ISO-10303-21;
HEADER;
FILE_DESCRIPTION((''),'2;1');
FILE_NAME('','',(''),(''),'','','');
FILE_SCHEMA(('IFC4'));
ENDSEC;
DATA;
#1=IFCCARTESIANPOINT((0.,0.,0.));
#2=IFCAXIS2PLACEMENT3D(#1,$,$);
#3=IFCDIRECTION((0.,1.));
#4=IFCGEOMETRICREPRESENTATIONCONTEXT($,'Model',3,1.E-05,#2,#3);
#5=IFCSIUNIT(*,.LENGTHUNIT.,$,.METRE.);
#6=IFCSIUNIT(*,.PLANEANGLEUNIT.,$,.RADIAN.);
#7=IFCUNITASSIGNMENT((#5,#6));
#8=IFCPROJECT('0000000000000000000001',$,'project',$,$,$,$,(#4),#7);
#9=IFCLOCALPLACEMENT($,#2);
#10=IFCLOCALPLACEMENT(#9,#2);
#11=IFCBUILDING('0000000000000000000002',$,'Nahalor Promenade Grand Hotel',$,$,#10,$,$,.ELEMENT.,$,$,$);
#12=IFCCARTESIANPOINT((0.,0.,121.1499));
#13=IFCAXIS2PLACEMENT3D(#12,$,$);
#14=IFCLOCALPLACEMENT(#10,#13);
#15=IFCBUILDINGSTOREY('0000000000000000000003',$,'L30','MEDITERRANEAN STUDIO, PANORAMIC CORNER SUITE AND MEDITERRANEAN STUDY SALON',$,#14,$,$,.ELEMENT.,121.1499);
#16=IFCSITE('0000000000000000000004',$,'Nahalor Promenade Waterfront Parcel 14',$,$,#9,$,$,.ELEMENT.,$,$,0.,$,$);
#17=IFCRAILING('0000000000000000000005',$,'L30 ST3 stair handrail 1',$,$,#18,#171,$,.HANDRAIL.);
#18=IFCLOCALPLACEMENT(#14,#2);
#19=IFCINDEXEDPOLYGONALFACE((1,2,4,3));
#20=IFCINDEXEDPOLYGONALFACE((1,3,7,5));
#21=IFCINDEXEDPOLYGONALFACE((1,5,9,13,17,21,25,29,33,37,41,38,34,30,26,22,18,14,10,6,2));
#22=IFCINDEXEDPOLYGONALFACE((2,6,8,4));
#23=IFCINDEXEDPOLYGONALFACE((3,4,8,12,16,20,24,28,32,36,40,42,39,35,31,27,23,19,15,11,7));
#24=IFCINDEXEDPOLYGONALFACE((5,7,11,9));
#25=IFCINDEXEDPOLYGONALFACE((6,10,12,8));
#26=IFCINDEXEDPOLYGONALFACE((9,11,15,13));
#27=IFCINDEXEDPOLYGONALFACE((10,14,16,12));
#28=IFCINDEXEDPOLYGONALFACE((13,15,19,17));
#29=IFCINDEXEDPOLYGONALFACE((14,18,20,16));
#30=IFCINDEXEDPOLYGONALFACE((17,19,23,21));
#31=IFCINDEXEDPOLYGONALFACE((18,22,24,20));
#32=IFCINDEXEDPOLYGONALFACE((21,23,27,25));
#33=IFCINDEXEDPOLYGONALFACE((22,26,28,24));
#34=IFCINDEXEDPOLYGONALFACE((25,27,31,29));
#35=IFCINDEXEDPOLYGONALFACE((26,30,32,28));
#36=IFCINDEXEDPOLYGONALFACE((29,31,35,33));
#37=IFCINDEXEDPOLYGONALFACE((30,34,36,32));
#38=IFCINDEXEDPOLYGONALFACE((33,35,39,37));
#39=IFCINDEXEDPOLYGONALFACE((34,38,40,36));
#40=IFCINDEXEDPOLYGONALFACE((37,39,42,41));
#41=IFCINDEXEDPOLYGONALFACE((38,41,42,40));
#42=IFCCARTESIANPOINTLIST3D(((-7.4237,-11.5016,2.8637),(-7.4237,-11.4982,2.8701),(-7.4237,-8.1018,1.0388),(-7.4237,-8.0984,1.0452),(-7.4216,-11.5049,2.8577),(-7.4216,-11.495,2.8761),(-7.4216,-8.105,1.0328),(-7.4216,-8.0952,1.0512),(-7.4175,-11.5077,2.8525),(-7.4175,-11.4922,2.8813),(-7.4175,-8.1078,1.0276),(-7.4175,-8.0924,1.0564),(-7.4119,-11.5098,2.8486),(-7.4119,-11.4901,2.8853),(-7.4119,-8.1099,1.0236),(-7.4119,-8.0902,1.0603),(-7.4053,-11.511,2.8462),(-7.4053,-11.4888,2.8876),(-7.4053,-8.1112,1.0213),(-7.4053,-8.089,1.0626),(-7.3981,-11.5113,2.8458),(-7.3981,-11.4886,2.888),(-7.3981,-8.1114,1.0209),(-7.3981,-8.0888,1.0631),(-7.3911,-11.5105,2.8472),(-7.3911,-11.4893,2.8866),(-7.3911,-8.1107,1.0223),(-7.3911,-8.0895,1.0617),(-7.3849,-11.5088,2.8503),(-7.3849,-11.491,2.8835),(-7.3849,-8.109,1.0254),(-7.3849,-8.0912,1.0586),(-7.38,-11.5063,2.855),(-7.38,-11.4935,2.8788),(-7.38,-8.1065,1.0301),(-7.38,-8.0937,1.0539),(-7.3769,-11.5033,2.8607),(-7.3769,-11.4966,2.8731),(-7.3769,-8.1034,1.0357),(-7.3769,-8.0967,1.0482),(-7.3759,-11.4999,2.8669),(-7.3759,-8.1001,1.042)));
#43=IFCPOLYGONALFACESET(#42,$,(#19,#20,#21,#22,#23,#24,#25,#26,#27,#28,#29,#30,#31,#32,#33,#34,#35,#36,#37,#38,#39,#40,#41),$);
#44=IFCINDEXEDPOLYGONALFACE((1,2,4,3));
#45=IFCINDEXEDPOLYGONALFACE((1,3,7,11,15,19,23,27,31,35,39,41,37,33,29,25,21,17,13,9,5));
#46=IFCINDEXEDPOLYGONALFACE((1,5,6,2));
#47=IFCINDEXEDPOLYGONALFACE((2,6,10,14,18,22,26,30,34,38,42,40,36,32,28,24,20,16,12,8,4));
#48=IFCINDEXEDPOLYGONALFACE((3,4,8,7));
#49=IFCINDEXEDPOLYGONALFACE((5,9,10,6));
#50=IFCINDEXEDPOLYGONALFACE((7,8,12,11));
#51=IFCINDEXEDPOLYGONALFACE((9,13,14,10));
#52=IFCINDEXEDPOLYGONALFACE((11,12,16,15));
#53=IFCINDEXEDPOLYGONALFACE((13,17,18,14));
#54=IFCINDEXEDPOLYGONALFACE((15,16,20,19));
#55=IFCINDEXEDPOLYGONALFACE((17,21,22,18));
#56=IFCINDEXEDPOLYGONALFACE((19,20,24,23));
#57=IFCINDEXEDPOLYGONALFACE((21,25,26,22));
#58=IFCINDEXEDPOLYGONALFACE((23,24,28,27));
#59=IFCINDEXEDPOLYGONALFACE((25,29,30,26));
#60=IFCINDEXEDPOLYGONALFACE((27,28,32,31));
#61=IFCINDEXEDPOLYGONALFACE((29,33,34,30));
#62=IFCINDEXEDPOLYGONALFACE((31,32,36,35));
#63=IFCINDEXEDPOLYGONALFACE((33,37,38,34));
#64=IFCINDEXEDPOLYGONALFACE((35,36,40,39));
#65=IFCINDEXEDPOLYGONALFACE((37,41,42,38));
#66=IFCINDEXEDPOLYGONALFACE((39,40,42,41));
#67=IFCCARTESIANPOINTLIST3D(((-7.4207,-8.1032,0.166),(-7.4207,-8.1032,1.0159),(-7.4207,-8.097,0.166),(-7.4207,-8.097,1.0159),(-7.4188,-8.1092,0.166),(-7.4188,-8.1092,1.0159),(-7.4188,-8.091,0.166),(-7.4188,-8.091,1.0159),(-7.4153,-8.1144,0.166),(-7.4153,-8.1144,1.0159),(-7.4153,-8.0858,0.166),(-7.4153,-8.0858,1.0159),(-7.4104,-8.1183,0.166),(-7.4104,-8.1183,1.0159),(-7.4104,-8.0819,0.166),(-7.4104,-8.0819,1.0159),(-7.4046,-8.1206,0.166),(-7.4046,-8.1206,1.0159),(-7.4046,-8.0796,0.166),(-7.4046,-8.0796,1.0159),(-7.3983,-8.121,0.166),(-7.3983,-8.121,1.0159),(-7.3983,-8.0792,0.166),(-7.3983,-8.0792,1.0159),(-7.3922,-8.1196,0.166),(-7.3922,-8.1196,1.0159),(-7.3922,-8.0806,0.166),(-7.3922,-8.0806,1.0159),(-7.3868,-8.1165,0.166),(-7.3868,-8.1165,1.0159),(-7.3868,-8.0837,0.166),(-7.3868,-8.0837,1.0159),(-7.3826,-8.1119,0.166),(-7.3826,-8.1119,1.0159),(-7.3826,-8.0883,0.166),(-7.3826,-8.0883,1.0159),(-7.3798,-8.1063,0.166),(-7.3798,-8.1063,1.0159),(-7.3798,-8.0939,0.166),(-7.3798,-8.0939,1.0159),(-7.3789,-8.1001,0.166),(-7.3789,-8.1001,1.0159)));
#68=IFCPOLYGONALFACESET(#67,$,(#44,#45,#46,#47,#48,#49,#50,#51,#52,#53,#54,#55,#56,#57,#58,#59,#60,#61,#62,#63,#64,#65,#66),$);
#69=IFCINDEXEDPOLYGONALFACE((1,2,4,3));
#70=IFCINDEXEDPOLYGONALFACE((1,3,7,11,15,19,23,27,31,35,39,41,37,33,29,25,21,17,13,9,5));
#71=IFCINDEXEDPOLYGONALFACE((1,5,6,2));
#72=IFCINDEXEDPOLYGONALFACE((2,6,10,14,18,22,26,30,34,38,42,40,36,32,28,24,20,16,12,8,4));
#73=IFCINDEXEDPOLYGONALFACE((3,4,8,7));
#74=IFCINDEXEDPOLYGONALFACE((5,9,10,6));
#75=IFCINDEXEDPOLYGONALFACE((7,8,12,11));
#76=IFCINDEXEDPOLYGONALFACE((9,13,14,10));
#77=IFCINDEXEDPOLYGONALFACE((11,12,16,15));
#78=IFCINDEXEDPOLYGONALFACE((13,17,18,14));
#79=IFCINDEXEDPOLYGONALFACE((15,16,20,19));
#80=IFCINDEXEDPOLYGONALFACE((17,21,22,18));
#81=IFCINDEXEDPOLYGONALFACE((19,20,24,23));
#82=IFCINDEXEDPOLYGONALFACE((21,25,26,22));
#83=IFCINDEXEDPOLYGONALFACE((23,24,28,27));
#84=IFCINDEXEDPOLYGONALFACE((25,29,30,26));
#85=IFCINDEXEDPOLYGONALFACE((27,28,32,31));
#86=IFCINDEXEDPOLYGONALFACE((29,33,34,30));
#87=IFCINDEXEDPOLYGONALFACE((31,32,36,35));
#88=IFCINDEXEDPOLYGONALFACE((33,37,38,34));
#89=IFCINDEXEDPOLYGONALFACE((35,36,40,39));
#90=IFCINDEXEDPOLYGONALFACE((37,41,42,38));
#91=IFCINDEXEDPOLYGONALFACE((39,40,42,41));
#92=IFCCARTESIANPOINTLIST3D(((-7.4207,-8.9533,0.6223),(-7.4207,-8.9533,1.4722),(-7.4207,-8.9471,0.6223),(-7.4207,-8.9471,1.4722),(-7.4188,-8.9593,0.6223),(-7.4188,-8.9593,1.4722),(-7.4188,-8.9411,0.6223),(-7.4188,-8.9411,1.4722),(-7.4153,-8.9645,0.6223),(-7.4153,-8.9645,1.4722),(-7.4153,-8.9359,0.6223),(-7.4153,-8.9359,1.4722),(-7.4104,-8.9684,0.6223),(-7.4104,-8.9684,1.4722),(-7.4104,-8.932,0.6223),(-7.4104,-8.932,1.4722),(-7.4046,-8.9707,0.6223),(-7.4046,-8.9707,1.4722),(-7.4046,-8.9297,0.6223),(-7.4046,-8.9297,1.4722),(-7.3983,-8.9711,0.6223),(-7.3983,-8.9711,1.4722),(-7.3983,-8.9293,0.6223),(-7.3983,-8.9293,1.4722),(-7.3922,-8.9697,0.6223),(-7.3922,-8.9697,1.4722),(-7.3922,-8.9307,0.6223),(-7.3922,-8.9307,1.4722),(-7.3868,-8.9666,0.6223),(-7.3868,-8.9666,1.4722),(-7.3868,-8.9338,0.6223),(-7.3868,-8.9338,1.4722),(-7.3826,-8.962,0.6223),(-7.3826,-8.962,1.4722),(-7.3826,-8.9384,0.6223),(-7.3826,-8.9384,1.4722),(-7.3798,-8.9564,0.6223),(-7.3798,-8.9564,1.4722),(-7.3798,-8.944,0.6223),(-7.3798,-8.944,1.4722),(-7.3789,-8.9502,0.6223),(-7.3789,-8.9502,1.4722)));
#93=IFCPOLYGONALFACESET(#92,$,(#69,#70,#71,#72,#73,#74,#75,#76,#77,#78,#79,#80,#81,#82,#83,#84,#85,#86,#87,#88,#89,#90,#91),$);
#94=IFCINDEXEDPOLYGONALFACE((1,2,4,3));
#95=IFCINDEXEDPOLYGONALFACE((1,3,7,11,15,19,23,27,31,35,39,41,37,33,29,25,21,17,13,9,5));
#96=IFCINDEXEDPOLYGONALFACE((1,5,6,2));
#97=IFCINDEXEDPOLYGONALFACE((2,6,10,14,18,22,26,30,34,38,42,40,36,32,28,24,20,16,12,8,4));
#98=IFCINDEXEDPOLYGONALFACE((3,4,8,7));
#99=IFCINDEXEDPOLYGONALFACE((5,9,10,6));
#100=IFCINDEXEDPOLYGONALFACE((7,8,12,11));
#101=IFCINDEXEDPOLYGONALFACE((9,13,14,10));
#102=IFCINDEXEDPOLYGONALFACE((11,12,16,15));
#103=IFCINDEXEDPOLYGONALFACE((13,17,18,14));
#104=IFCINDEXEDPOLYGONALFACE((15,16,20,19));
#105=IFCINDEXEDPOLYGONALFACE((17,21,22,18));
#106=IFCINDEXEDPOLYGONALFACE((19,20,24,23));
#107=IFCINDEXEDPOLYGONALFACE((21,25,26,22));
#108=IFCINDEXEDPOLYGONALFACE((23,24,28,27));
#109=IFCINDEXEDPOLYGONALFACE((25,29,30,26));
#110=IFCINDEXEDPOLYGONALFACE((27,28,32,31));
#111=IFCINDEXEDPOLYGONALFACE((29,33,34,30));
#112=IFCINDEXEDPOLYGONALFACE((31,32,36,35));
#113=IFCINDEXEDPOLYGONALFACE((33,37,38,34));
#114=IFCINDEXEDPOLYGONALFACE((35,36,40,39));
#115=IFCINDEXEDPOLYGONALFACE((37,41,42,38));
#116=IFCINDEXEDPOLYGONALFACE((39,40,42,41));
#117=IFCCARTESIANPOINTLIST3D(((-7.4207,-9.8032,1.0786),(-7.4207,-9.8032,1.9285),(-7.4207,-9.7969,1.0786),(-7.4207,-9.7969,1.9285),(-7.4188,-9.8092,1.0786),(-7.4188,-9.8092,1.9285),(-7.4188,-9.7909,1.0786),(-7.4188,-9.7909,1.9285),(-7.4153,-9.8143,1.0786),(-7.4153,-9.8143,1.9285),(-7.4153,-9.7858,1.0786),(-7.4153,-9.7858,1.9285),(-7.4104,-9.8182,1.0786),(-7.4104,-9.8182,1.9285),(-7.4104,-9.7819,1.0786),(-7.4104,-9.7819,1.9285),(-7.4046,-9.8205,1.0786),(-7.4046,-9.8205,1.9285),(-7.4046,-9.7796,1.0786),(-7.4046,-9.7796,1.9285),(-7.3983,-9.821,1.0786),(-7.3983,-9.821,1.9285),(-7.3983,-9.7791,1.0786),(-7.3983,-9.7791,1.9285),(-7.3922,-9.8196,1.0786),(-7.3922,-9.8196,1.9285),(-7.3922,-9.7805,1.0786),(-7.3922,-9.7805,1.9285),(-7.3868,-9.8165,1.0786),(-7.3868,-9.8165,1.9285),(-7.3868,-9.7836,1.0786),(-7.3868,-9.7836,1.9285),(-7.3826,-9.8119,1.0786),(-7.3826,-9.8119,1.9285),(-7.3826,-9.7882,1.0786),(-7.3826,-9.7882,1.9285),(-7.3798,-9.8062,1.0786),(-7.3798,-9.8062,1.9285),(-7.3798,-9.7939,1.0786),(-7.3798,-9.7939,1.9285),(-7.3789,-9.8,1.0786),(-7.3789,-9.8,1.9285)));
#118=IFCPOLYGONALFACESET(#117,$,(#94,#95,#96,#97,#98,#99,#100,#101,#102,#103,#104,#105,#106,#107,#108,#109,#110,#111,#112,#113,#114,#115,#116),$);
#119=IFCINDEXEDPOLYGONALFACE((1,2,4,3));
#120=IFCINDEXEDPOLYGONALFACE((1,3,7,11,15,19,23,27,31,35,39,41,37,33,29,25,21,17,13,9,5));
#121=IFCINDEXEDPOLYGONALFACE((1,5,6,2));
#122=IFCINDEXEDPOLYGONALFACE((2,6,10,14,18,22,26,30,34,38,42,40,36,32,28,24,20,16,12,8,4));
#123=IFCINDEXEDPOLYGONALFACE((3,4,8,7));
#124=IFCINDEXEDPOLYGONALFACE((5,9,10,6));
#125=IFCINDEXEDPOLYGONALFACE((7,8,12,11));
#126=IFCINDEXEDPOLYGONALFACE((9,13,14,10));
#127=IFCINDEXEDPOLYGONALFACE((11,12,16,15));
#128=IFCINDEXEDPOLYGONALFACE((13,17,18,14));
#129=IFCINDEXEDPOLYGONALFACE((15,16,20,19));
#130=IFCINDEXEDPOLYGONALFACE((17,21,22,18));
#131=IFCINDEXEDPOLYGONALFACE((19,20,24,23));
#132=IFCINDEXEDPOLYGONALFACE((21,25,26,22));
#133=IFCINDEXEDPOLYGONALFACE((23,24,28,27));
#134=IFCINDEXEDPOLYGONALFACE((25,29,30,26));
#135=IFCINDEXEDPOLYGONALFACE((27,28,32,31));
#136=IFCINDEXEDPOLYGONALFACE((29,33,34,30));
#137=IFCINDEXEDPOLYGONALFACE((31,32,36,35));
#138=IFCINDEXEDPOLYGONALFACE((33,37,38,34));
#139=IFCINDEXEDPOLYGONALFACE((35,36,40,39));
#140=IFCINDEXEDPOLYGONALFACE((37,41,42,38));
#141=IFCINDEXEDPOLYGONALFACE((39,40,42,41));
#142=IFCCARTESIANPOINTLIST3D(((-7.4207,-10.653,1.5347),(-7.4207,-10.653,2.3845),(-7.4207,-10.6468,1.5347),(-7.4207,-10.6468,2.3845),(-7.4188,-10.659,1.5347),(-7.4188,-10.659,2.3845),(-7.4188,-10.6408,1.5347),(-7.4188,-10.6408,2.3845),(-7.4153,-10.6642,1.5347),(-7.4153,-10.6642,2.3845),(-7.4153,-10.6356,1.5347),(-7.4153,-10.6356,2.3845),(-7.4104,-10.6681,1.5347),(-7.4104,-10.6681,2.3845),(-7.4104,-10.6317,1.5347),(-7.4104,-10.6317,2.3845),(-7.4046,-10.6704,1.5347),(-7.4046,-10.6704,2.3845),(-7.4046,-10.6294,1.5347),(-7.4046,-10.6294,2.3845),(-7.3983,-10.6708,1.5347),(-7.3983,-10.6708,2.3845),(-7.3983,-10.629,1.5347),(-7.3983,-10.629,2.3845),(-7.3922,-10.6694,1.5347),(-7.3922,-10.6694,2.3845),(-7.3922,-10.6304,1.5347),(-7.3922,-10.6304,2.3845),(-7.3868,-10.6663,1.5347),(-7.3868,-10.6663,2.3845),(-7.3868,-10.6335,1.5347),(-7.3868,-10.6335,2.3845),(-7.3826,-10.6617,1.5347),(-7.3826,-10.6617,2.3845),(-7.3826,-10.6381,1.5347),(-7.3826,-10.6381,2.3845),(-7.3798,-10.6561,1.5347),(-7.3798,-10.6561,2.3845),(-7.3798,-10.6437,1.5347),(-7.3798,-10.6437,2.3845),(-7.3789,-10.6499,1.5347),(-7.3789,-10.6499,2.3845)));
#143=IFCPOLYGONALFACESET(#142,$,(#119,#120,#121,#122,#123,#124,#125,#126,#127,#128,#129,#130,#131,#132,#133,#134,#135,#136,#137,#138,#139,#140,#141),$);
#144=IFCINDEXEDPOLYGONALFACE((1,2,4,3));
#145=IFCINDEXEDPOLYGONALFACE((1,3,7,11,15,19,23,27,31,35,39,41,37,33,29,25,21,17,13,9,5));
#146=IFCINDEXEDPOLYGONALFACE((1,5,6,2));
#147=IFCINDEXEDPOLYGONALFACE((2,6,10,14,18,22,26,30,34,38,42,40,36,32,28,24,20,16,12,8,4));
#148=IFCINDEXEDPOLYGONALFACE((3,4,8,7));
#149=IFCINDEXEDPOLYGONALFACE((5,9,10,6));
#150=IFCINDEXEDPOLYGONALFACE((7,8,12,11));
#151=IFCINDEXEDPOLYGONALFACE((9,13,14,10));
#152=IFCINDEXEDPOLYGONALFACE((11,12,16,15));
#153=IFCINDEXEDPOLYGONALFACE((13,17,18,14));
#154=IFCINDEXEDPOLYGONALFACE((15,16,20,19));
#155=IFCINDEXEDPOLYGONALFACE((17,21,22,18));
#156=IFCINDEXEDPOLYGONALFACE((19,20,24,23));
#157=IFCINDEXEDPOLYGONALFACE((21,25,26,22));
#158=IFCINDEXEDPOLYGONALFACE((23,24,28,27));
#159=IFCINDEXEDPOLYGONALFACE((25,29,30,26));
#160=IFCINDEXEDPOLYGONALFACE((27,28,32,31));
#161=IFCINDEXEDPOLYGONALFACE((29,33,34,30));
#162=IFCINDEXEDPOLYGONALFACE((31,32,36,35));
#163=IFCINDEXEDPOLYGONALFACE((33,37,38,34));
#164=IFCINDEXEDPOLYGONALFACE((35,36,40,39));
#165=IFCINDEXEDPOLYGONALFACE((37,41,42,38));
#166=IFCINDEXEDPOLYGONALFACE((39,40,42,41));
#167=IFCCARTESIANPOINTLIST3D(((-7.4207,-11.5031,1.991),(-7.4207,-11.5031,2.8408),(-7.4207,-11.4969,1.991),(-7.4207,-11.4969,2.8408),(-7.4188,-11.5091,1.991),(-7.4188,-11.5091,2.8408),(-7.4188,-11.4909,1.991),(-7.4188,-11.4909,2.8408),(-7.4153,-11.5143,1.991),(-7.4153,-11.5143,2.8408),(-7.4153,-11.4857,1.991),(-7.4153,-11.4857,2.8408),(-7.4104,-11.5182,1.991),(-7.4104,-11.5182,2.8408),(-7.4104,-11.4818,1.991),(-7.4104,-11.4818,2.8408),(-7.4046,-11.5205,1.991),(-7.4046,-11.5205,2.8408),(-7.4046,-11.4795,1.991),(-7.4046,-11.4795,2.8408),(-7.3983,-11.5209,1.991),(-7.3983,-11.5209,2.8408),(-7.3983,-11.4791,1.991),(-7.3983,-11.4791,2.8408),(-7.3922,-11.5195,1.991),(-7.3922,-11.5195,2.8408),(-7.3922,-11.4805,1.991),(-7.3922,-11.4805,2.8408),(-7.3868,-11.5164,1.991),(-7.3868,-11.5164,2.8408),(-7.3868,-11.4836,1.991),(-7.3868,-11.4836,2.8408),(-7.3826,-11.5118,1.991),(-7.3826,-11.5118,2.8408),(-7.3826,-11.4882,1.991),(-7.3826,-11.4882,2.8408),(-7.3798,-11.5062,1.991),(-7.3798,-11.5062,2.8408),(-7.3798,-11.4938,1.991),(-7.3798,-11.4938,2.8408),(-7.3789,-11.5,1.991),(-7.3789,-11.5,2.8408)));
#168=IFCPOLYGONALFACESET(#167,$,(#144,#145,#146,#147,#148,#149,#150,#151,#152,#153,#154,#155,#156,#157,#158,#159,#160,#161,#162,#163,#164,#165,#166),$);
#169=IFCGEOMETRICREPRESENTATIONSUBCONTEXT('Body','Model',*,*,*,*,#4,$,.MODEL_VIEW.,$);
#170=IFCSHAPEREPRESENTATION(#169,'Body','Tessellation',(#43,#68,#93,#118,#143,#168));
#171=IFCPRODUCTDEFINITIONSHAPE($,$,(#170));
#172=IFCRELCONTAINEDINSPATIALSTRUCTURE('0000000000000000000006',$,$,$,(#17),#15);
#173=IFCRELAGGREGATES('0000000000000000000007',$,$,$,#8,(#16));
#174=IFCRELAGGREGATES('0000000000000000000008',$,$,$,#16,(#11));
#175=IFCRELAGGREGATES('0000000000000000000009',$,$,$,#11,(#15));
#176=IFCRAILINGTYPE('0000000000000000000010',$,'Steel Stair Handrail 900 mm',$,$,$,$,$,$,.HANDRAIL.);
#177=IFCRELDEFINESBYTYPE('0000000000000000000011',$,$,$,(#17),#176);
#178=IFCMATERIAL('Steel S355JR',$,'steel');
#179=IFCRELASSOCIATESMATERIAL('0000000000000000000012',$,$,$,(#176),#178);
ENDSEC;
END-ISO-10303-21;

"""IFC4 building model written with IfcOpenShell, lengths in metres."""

from ifc_helpers import new_model, si_unit, direction, frame, origin, origin_2d, place, context, subcontext, project, spatial, circle, extrude, material, type_object, element, save


model = new_model("IFC4")

# Units and contexts
model_context = context("Model", 3, precision=1e-05, world=origin(), true_north=direction((0.0, 1.0)))
body_context = subcontext(model_context, "Body", "Model", "MODEL_VIEW")
ifc_project = project(units=[si_unit("LENGTHUNIT", "METRE"), si_unit("PLANEANGLEUNIT", "RADIAN")], contexts=[model_context])

# Site, building, storey
site_placement = place(None, origin())
site = spatial("IfcSite", under=ifc_project, at=site_placement, Name="Nahalor Promenade Waterfront Parcel 14", CompositionType="ELEMENT", RefElevation=0.0)
building_placement = place(site_placement, origin())
building = spatial("IfcBuilding", under=site, at=building_placement, Name="Nahalor Promenade Grand Hotel", CompositionType="ELEMENT")
storey_placement = place(building_placement, frame((0.0, 0.0, 121.1499)))
storey = spatial("IfcBuildingStorey", under=building, at=storey_placement, Name="L30", Description="MEDITERRANEAN STUDIO, PANORAMIC CORNER SUITE AND MEDITERRANEAN STUDY SALON", CompositionType="ELEMENT", Elevation=121.1499)

# Shared definitions
ifc_material_1 = material(Name="Steel S355JR", Category="steel")

# Railing
railing_type_1 = type_object("IfcRailingType", Name="Steel Stair Handrail 900 mm", PredefinedType="HANDRAIL", material=ifc_material_1)
railing_1_placement = place(storey_placement, frame((-7.3999, -8.1001, 0.166)))
element("IfcRailing", 1, at=railing_1_placement, inside=storey, type_object=railing_type_1, Name="L30 ST3 stair handrail 1", PredefinedType="HANDRAIL", context=body_context, shape_type="SweptSolid", body=[
    extrude(circle(Radius=0.024, at=origin_2d()), frame((0.0, 0.0, 0.876), z_axis=(0.0, -0.881094, 0.472941), x_axis=(1.0, 0.0, 0.0)), (0.0, 0.0, 1.0), 3.8586),
    extrude(circle(Radius=0.021, at=origin_2d()), origin(), (0.0, 0.0, 1.0), 0.8499),
    extrude(circle(Radius=0.021, at=origin_2d()), frame((0.0, -0.8501, 0.4563)), (0.0, 0.0, 1.0), 0.8499),
    extrude(circle(Radius=0.021, at=origin_2d()), frame((0.0, -1.7, 0.9126)), (0.0, 0.0, 1.0), 0.8499),
    extrude(circle(Radius=0.021, at=origin_2d()), frame((0.0, -2.5498, 1.3687)), (0.0, 0.0, 1.0), 0.8499),
    extrude(circle(Radius=0.021, at=origin_2d()), frame((0.0, -3.3999, 1.825)), (0.0, 0.0, 1.0), 0.8499),
])

save(model, "model.ifc")
